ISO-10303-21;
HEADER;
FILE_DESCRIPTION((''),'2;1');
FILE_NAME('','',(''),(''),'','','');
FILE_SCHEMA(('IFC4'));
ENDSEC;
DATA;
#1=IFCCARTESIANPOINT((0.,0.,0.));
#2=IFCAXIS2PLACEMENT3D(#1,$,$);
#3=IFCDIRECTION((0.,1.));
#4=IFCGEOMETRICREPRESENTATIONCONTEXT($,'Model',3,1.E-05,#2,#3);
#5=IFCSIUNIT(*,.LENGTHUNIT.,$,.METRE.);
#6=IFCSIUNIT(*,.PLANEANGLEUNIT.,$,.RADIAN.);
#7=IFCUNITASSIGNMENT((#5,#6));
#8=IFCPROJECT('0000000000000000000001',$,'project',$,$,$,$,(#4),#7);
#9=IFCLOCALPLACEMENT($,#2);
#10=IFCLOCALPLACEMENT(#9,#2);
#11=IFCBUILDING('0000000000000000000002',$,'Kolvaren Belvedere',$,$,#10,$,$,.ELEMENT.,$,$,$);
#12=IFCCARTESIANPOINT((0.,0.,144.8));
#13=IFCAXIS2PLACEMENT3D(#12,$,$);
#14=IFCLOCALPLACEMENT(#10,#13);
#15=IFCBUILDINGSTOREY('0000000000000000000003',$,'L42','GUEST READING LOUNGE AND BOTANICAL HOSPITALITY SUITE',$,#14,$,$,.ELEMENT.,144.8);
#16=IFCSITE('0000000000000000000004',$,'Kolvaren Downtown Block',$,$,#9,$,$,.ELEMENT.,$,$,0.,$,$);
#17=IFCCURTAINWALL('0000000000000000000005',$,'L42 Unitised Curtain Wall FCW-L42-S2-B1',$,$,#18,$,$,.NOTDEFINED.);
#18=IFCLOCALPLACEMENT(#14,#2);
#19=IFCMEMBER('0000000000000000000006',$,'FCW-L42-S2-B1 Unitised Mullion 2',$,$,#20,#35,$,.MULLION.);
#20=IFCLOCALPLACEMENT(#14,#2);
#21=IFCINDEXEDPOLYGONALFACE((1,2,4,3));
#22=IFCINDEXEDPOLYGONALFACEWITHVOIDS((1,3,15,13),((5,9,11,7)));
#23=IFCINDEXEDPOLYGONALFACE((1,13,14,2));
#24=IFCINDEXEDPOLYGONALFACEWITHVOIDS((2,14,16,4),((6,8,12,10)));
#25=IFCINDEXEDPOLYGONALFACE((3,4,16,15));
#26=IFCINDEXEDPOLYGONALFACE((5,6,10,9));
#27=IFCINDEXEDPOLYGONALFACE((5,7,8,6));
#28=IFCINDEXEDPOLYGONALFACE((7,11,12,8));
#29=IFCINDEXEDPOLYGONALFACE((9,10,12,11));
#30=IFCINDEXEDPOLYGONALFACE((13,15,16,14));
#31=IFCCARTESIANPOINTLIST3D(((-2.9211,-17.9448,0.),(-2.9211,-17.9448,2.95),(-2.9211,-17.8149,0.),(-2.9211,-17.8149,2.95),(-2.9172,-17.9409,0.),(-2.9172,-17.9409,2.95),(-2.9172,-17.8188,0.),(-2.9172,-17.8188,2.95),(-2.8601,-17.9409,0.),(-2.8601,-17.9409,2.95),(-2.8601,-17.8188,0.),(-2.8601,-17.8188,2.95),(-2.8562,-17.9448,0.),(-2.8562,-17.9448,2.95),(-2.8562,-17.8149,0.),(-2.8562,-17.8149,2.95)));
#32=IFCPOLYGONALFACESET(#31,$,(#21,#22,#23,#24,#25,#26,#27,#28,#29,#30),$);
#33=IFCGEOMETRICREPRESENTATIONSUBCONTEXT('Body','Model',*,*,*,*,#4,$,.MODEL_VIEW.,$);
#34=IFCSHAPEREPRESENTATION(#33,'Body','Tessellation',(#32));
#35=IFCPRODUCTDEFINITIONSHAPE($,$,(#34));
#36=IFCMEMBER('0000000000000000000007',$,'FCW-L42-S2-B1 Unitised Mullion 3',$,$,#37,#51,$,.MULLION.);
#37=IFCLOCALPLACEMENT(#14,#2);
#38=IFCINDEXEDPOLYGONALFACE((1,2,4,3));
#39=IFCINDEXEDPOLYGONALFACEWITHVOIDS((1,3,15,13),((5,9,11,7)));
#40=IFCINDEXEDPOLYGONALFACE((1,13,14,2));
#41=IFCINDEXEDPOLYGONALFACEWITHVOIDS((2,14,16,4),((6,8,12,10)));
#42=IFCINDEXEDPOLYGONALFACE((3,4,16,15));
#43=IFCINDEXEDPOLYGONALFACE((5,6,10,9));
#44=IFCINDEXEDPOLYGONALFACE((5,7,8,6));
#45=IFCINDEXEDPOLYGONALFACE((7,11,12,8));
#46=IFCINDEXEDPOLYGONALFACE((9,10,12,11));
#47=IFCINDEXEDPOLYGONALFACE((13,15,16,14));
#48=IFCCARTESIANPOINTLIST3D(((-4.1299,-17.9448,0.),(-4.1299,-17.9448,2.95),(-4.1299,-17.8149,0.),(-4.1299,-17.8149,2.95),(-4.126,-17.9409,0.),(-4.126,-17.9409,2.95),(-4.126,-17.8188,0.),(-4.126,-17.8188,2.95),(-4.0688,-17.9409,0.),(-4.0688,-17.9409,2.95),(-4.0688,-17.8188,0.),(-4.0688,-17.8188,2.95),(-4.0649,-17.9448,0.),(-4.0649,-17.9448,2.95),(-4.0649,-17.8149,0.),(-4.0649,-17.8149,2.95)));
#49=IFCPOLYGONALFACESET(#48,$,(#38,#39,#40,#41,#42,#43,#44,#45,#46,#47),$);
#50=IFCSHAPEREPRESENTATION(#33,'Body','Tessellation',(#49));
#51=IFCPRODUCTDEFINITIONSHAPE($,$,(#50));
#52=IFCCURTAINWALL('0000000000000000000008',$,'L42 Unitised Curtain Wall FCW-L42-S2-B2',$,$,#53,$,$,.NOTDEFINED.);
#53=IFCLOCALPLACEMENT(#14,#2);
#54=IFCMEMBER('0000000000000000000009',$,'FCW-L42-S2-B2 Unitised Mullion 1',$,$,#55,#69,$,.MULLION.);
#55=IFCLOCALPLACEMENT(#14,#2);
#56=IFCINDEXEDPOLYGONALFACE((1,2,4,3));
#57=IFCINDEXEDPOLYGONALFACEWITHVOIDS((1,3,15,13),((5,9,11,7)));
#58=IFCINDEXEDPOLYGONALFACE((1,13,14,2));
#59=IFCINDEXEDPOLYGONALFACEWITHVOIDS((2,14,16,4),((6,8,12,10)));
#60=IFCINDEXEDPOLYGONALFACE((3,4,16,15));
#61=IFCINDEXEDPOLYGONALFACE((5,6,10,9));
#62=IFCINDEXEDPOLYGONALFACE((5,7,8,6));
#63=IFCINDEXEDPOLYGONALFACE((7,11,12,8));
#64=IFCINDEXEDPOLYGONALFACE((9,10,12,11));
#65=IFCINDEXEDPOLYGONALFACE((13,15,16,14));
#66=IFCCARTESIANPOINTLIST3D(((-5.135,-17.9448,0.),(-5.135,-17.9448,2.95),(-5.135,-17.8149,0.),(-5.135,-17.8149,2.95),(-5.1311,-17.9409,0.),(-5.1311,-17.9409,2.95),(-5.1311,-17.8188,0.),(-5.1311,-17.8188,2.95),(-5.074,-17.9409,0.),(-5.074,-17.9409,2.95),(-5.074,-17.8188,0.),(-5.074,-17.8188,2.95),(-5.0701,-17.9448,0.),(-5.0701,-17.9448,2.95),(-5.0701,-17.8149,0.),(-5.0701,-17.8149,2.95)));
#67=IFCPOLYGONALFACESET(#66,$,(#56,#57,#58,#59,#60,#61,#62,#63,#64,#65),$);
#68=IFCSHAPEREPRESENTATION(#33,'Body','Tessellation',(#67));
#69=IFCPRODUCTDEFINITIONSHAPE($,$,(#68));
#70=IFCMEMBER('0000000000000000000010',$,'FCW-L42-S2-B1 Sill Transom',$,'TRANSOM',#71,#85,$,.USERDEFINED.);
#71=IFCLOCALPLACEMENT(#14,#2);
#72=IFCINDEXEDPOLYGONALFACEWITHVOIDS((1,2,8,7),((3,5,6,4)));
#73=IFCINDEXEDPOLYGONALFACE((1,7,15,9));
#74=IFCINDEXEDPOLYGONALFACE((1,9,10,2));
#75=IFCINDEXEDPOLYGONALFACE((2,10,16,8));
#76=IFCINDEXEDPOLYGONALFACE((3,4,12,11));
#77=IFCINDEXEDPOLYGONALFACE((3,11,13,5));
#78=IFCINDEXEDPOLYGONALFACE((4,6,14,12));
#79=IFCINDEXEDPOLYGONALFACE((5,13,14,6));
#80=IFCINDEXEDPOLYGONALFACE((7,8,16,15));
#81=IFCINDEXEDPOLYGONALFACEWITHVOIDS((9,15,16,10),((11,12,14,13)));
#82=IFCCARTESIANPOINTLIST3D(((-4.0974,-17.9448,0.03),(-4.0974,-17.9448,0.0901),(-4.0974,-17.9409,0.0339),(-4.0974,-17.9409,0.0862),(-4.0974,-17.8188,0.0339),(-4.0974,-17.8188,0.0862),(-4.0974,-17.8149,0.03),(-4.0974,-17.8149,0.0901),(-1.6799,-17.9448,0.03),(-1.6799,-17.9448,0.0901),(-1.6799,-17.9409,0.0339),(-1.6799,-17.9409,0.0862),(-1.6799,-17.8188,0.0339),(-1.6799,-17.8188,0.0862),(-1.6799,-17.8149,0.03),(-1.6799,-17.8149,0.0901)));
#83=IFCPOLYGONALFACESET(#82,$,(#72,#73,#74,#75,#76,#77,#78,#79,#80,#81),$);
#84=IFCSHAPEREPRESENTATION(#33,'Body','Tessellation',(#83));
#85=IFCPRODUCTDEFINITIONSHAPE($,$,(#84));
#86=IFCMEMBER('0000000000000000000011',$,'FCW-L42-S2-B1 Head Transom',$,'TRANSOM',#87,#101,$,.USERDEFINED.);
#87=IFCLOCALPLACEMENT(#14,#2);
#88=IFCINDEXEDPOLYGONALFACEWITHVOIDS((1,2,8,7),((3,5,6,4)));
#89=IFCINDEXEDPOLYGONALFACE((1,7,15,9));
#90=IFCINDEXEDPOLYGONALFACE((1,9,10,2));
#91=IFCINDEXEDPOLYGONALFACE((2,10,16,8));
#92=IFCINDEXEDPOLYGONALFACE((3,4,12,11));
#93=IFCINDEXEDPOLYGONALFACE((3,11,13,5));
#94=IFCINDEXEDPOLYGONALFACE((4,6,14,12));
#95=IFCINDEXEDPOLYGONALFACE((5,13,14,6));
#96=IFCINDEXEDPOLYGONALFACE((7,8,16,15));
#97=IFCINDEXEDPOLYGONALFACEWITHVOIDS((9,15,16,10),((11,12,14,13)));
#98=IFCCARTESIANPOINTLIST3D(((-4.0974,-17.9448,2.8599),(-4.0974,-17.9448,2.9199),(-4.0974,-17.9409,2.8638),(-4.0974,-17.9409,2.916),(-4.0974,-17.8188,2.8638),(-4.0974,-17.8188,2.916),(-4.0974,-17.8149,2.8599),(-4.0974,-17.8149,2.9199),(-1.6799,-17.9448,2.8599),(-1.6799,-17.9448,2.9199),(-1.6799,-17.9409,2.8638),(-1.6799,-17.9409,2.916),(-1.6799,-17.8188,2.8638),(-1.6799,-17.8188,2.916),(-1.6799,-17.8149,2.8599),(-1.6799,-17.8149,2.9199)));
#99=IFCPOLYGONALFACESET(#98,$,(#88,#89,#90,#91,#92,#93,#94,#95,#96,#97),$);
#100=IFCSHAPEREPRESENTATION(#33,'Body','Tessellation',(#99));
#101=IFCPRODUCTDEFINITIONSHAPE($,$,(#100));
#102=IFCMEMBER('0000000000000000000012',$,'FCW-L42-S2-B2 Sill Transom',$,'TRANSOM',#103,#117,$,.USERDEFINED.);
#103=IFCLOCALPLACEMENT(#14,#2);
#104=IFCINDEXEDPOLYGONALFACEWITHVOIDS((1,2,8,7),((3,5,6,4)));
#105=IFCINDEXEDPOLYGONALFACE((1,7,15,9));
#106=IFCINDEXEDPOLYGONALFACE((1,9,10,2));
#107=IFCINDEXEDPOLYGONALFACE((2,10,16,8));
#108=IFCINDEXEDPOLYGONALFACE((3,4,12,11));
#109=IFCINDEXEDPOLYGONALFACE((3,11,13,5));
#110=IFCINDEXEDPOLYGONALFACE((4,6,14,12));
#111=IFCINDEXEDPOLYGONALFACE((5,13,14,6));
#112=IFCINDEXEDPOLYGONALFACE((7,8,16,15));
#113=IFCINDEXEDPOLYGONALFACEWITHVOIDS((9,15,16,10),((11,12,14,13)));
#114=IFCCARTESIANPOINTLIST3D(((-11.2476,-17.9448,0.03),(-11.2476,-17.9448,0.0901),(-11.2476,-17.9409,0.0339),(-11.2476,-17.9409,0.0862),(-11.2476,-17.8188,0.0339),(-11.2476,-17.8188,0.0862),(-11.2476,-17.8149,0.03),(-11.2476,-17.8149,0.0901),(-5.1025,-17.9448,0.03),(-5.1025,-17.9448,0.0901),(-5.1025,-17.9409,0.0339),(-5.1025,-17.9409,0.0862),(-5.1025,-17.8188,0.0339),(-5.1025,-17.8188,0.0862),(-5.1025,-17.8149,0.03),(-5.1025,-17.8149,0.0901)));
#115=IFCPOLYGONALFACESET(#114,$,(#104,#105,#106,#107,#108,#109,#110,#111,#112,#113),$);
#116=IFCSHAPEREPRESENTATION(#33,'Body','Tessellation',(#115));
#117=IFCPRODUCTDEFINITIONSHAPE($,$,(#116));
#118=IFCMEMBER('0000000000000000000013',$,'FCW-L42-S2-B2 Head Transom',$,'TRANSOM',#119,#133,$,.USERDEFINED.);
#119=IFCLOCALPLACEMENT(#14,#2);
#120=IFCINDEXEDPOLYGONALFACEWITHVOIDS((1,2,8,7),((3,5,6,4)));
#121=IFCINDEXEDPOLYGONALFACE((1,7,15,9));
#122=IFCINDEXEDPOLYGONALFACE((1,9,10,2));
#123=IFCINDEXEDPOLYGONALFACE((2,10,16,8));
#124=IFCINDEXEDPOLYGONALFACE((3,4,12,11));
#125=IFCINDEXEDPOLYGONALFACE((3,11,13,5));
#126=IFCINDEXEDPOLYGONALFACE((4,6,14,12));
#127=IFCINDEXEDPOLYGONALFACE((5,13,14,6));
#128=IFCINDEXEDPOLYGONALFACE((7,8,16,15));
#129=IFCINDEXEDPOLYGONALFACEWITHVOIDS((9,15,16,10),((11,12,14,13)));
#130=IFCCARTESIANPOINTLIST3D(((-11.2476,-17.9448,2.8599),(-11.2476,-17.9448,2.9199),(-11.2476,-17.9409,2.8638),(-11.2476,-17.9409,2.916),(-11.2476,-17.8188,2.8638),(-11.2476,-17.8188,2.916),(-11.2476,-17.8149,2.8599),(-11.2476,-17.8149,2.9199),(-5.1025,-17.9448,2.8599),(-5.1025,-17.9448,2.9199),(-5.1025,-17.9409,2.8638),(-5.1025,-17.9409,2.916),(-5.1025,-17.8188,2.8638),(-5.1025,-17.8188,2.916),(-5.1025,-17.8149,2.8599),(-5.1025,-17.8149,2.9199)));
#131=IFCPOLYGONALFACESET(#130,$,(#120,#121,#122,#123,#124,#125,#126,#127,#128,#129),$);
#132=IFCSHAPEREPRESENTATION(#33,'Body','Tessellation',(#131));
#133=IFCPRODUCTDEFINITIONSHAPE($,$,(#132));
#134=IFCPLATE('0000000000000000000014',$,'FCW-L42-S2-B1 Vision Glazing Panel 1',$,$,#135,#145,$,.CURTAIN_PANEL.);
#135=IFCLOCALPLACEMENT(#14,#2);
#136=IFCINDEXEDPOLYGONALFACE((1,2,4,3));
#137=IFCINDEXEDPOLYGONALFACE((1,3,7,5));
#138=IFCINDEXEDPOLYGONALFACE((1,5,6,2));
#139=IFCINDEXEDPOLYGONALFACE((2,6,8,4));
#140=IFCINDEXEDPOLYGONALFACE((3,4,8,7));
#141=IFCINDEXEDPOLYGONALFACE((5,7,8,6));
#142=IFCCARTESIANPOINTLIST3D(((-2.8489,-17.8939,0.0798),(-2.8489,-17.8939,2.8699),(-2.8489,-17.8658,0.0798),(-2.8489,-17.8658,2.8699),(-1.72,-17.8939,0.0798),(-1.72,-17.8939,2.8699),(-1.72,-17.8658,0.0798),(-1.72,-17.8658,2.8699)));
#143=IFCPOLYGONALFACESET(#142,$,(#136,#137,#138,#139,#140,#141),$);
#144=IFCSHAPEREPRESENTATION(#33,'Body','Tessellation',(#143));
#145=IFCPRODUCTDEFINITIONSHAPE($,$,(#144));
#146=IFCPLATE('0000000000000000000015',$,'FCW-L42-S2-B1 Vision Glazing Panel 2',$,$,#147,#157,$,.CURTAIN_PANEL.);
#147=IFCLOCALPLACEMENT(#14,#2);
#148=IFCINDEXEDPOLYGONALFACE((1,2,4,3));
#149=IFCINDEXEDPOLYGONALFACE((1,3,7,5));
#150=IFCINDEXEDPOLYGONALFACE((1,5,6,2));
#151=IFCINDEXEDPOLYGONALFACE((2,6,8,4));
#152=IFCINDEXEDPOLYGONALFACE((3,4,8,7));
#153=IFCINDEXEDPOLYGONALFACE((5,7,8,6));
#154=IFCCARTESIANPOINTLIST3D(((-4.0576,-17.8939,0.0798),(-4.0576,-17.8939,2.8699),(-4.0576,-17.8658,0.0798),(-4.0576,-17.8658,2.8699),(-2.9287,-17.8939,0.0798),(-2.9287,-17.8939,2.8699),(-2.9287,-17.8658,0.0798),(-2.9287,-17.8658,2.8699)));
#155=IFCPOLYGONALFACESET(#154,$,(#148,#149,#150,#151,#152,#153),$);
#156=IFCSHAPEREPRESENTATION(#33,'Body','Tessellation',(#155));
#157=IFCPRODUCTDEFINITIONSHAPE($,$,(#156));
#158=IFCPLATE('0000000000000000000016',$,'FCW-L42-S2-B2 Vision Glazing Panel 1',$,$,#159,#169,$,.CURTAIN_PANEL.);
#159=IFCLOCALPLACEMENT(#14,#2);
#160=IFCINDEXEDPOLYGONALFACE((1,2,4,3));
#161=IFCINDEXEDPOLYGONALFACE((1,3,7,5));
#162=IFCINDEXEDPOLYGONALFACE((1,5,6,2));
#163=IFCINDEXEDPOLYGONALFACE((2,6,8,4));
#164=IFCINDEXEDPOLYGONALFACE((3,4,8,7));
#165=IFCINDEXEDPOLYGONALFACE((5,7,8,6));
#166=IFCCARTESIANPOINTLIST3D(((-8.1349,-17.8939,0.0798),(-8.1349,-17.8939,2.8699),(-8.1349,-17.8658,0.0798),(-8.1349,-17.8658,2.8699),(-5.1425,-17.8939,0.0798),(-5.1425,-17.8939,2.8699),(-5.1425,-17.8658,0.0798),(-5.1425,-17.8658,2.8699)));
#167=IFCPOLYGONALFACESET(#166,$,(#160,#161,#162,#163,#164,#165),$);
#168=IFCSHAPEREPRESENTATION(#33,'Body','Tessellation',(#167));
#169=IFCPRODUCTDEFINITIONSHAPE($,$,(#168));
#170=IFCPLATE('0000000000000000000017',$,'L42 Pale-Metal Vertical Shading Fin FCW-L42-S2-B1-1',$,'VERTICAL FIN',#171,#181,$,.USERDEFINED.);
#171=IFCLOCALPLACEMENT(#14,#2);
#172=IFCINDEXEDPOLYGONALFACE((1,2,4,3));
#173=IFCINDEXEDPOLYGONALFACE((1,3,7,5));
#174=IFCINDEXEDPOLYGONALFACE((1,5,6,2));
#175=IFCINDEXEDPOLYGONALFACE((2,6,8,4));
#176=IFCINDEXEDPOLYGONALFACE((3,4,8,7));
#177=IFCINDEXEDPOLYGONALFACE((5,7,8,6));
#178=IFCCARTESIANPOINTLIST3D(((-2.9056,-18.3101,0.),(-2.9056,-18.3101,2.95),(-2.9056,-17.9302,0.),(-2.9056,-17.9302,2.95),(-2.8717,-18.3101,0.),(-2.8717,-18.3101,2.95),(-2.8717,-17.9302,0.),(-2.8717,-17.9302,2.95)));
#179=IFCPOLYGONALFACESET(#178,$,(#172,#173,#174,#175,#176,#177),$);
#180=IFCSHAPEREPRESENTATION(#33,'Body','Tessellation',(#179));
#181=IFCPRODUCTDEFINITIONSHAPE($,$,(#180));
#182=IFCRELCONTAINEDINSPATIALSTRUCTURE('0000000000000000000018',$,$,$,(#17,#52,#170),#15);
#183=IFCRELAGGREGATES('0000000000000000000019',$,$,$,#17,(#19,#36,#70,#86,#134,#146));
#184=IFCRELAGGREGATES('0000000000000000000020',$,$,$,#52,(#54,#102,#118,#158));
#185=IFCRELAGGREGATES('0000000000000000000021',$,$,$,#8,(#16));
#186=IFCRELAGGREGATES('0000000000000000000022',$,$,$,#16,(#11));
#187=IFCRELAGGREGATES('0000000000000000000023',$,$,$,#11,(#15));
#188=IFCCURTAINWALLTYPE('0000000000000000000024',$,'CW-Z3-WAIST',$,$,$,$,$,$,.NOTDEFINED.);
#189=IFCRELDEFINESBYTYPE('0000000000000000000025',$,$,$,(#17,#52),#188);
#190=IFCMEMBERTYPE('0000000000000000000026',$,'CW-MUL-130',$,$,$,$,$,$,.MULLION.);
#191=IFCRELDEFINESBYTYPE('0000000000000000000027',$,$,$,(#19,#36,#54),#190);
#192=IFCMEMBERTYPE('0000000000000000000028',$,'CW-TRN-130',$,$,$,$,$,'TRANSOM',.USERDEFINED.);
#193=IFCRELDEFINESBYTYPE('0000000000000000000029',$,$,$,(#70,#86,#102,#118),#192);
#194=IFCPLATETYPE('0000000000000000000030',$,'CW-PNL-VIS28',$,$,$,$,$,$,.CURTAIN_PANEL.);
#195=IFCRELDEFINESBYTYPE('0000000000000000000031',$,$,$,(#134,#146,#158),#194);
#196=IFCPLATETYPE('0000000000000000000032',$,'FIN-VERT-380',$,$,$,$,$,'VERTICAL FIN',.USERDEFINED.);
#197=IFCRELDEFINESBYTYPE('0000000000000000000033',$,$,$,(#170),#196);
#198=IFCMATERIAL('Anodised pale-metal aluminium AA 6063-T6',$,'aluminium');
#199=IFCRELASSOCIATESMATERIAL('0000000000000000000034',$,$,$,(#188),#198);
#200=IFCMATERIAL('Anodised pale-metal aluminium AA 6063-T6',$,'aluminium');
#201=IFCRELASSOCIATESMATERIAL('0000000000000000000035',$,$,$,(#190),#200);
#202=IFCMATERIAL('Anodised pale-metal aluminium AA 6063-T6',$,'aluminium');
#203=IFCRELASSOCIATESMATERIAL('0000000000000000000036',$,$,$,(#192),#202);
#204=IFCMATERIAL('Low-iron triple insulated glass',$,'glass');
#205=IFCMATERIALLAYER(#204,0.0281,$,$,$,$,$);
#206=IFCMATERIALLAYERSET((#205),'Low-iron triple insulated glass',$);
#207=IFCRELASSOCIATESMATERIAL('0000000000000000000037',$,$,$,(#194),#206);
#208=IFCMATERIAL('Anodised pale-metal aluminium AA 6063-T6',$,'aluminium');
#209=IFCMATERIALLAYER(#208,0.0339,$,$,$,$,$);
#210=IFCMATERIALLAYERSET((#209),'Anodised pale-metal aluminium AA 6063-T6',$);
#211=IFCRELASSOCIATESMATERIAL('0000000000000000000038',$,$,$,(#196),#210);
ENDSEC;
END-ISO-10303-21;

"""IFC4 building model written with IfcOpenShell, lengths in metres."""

from ifc_helpers import new_model, si_unit, direction, frame, origin, origin_2d, place, context, subcontext, project, spatial, rectangle, hollow_rectangle, extrude, material, layer, layer_set, material_profile, profile_set, type_object, element, aggregate, save


model = new_model("IFC4")

# Units and contexts
model_context = context("Model", 3, precision=1e-05, world=origin(), true_north=direction((0.0, 1.0)))
body_context = subcontext(model_context, "Body", "Model", "MODEL_VIEW")
ifc_project = project(units=[si_unit("LENGTHUNIT", "METRE"), si_unit("PLANEANGLEUNIT", "RADIAN")], contexts=[model_context])

# Site, building, storey
site_placement = place(None, origin())
site = spatial("IfcSite", under=ifc_project, at=site_placement, Name="Kolvaren Downtown Block", CompositionType="ELEMENT", RefElevation=0.0)
building_placement = place(site_placement, origin())
building = spatial("IfcBuilding", under=site, at=building_placement, Name="Kolvaren Belvedere", CompositionType="ELEMENT")
storey_placement = place(building_placement, frame((0.0, 0.0, 144.8)))
storey = spatial("IfcBuildingStorey", under=building, at=storey_placement, Name="L42", Description="GUEST READING LOUNGE AND BOTANICAL HOSPITALITY SUITE", CompositionType="ELEMENT", Elevation=144.8)

# Curtain wall, members
ifc_material_1 = material(Name="Anodised pale-metal aluminium AA 6063-T6", Category="aluminium")
curtain_wall_type = type_object("IfcCurtainWallType", Name="CW-Z3-WAIST", PredefinedType="NOTDEFINED", material=ifc_material_1)
curtain_wall_1_placement = place(storey_placement, origin())
curtain_wall_1 = element("IfcCurtainWall", 1, at=curtain_wall_1_placement, inside=storey, type_object=curtain_wall_type, Name="L42 Unitised Curtain Wall FCW-L42-S2-B1", PredefinedType="NOTDEFINED")
ifc_material_2 = material(Name="Anodised pale-metal aluminium AA 6063-T6", Category="aluminium")
ifc_material_profile_1 = material_profile(ifc_material_2, hollow_rectangle(XDim=0.0649, YDim=0.1299, WallThickness=0.0039, at=origin_2d()), Name="ALU-MUL-130X65")
ifc_profile_set_1 = profile_set([ifc_material_profile_1], Name="Anodised pale-metal aluminium AA 6063-T6")
member_type_1 = type_object("IfcMemberType", Name="CW-MUL-130", PredefinedType="MULLION", material=ifc_profile_set_1)
member_1_placement = place(storey_placement, frame((-2.8887, -17.8799, 0.0), z_axis=(0.0, 0.0, 1.0), x_axis=(1.0, 0.0, 0.0)))
member_1 = element("IfcMember", 2, at=member_1_placement, type_object=member_type_1, Name="FCW-L42-S2-B1 Unitised Mullion 2", PredefinedType="MULLION", context=body_context, shape_type="SweptSolid", body=[
    extrude(hollow_rectangle(XDim=0.0649, YDim=0.1299, WallThickness=0.0039, at=origin_2d()), origin(), (0.0, 0.0, 1.0), 2.95),
])
member_2_placement = place(storey_placement, frame((-4.0974, -17.8799, 0.0), z_axis=(0.0, 0.0, 1.0), x_axis=(1.0, 0.0, 0.0)))
member_2 = element("IfcMember", 3, at=member_2_placement, type_object=member_type_1, Name="FCW-L42-S2-B1 Unitised Mullion 3", PredefinedType="MULLION", context=body_context, shape_type="SweptSolid", body=[
    extrude(hollow_rectangle(XDim=0.0649, YDim=0.1299, WallThickness=0.0039, at=origin_2d()), origin(), (0.0, 0.0, 1.0), 2.95),
])

# Curtain wall, member
curtain_wall_2_placement = place(storey_placement, origin())
curtain_wall_2 = element("IfcCurtainWall", 4, at=curtain_wall_2_placement, inside=storey, type_object=curtain_wall_type, Name="L42 Unitised Curtain Wall FCW-L42-S2-B2", PredefinedType="NOTDEFINED")
member_3_placement = place(storey_placement, frame((-5.1025, -17.8799, 0.0), z_axis=(0.0, 0.0, 1.0), x_axis=(1.0, 0.0, 0.0)))
member_3 = element("IfcMember", 5, at=member_3_placement, type_object=member_type_1, Name="FCW-L42-S2-B2 Unitised Mullion 1", PredefinedType="MULLION", context=body_context, shape_type="SweptSolid", body=[
    extrude(hollow_rectangle(XDim=0.0649, YDim=0.1299, WallThickness=0.0039, at=origin_2d()), origin(), (0.0, 0.0, 1.0), 2.95),
])

# Members
ifc_material_3 = material(Name="Anodised pale-metal aluminium AA 6063-T6", Category="aluminium")
ifc_material_profile_2 = material_profile(ifc_material_3, hollow_rectangle(XDim=0.0601, YDim=0.1299, WallThickness=0.0039, at=origin_2d()), Name="ALU-TRN-130X60")
ifc_profile_set_2 = profile_set([ifc_material_profile_2], Name="Anodised pale-metal aluminium AA 6063-T6")
member_type_2 = type_object("IfcMemberType", Name="CW-TRN-130", ElementType="TRANSOM", PredefinedType="USERDEFINED", material=ifc_profile_set_2)
member_4_placement = place(storey_placement, frame((-1.6799, -17.8799, 0.0601), z_axis=(-1.0, 0.0, 0.0), x_axis=(0.0, 0.0, 1.0)))
member_4 = element("IfcMember", 6, at=member_4_placement, type_object=member_type_2, Name="FCW-L42-S2-B1 Sill Transom", ObjectType="TRANSOM", PredefinedType="USERDEFINED", context=body_context, shape_type="SweptSolid", body=[
    extrude(hollow_rectangle(XDim=0.0601, YDim=0.1299, WallThickness=0.0039, at=origin_2d()), origin(), (0.0, 0.0, 1.0), 2.4175),
])
member_5_placement = place(storey_placement, frame((-1.6799, -17.8799, 2.8899), z_axis=(-1.0, 0.0, 0.0), x_axis=(0.0, 0.0, 1.0)))
member_5 = element("IfcMember", 7, at=member_5_placement, type_object=member_type_2, Name="FCW-L42-S2-B1 Head Transom", ObjectType="TRANSOM", PredefinedType="USERDEFINED", context=body_context, shape_type="SweptSolid", body=[
    extrude(hollow_rectangle(XDim=0.0601, YDim=0.1299, WallThickness=0.0039, at=origin_2d()), origin(), (0.0, 0.0, 1.0), 2.4175),
])
member_6_placement = place(storey_placement, frame((-5.1025, -17.8799, 0.0601), z_axis=(-1.0, 0.0, 0.0), x_axis=(0.0, 0.0, 1.0)))
member_6 = element("IfcMember", 8, at=member_6_placement, type_object=member_type_2, Name="FCW-L42-S2-B2 Sill Transom", ObjectType="TRANSOM", PredefinedType="USERDEFINED", context=body_context, shape_type="SweptSolid", body=[
    extrude(hollow_rectangle(XDim=0.0601, YDim=0.1299, WallThickness=0.0039, at=origin_2d()), origin(), (0.0, 0.0, 1.0), 6.145),
])
member_7_placement = place(storey_placement, frame((-5.1025, -17.8799, 2.8899), z_axis=(-1.0, 0.0, 0.0), x_axis=(0.0, 0.0, 1.0)))
member_7 = element("IfcMember", 9, at=member_7_placement, type_object=member_type_2, Name="FCW-L42-S2-B2 Head Transom", ObjectType="TRANSOM", PredefinedType="USERDEFINED", context=body_context, shape_type="SweptSolid", body=[
    extrude(hollow_rectangle(XDim=0.0601, YDim=0.1299, WallThickness=0.0039, at=origin_2d()), origin(), (0.0, 0.0, 1.0), 6.145),
])

# Plates
ifc_material_4 = material(Name="Low-iron triple insulated glass", Category="glass")
ifc_layer_1 = layer(ifc_material_4, 0.0281)
ifc_layer_set_1 = layer_set([ifc_layer_1], Name="Low-iron triple insulated glass")
plate_type_1 = type_object("IfcPlateType", Name="CW-PNL-VIS28", PredefinedType="CURTAIN_PANEL", material=ifc_layer_set_1)
plate_1_placement = place(storey_placement, frame((-2.2844, -17.8799, 0.0798), z_axis=(0.0, 0.0, 1.0), x_axis=(-1.0, 0.0, 0.0)))
plate_1 = element("IfcPlate", 10, at=plate_1_placement, type_object=plate_type_1, Name="FCW-L42-S2-B1 Vision Glazing Panel 1", PredefinedType="CURTAIN_PANEL", context=body_context, shape_type="SweptSolid", body=[
    extrude(rectangle(XDim=1.1289, YDim=0.0281, at=origin_2d()), origin(), (0.0, 0.0, 1.0), 2.79),
])
plate_2_placement = place(storey_placement, frame((-3.4932, -17.8799, 0.0798), z_axis=(0.0, 0.0, 1.0), x_axis=(-1.0, 0.0, 0.0)))
plate_2 = element("IfcPlate", 11, at=plate_2_placement, type_object=plate_type_1, Name="FCW-L42-S2-B1 Vision Glazing Panel 2", PredefinedType="CURTAIN_PANEL", context=body_context, shape_type="SweptSolid", body=[
    extrude(rectangle(XDim=1.1289, YDim=0.0281, at=origin_2d()), origin(), (0.0, 0.0, 1.0), 2.79),
])
aggregate(curtain_wall_1, [member_1, member_2, member_4, member_5, plate_1, plate_2])
plate_3_placement = place(storey_placement, frame((-6.6387, -17.8799, 0.0798), z_axis=(0.0, 0.0, 1.0), x_axis=(-1.0, 0.0, 0.0)))
plate_3 = element("IfcPlate", 12, at=plate_3_placement, type_object=plate_type_1, Name="FCW-L42-S2-B2 Vision Glazing Panel 1", PredefinedType="CURTAIN_PANEL", context=body_context, shape_type="SweptSolid", body=[
    extrude(rectangle(XDim=2.9924, YDim=0.0281, at=origin_2d()), origin(), (0.0, 0.0, 1.0), 2.79),
])
aggregate(curtain_wall_2, [member_3, member_6, member_7, plate_3])
ifc_material_5 = material(Name="Anodised pale-metal aluminium AA 6063-T6", Category="aluminium")
ifc_layer_2 = layer(ifc_material_5, 0.0339)
ifc_layer_set_2 = layer_set([ifc_layer_2], Name="Anodised pale-metal aluminium AA 6063-T6")
plate_type_2 = type_object("IfcPlateType", Name="FIN-VERT-380", ElementType="VERTICAL FIN", PredefinedType="USERDEFINED", material=ifc_layer_set_2)
plate_4_placement = place(storey_placement, frame((-2.8887, -18.1201, 0.0), z_axis=(0.0, 0.0, 1.0), x_axis=(0.0, 1.0, 0.0)))
element("IfcPlate", 13, at=plate_4_placement, inside=storey, type_object=plate_type_2, Name="L42 Pale-Metal Vertical Shading Fin FCW-L42-S2-B1-1", ObjectType="VERTICAL FIN", PredefinedType="USERDEFINED", context=body_context, shape_type="SweptSolid", body=[
    extrude(rectangle(XDim=0.3799, YDim=0.0339, at=origin_2d()), origin(), (0.0, 0.0, 1.0), 2.95),
])

save(model, "model.ifc")
